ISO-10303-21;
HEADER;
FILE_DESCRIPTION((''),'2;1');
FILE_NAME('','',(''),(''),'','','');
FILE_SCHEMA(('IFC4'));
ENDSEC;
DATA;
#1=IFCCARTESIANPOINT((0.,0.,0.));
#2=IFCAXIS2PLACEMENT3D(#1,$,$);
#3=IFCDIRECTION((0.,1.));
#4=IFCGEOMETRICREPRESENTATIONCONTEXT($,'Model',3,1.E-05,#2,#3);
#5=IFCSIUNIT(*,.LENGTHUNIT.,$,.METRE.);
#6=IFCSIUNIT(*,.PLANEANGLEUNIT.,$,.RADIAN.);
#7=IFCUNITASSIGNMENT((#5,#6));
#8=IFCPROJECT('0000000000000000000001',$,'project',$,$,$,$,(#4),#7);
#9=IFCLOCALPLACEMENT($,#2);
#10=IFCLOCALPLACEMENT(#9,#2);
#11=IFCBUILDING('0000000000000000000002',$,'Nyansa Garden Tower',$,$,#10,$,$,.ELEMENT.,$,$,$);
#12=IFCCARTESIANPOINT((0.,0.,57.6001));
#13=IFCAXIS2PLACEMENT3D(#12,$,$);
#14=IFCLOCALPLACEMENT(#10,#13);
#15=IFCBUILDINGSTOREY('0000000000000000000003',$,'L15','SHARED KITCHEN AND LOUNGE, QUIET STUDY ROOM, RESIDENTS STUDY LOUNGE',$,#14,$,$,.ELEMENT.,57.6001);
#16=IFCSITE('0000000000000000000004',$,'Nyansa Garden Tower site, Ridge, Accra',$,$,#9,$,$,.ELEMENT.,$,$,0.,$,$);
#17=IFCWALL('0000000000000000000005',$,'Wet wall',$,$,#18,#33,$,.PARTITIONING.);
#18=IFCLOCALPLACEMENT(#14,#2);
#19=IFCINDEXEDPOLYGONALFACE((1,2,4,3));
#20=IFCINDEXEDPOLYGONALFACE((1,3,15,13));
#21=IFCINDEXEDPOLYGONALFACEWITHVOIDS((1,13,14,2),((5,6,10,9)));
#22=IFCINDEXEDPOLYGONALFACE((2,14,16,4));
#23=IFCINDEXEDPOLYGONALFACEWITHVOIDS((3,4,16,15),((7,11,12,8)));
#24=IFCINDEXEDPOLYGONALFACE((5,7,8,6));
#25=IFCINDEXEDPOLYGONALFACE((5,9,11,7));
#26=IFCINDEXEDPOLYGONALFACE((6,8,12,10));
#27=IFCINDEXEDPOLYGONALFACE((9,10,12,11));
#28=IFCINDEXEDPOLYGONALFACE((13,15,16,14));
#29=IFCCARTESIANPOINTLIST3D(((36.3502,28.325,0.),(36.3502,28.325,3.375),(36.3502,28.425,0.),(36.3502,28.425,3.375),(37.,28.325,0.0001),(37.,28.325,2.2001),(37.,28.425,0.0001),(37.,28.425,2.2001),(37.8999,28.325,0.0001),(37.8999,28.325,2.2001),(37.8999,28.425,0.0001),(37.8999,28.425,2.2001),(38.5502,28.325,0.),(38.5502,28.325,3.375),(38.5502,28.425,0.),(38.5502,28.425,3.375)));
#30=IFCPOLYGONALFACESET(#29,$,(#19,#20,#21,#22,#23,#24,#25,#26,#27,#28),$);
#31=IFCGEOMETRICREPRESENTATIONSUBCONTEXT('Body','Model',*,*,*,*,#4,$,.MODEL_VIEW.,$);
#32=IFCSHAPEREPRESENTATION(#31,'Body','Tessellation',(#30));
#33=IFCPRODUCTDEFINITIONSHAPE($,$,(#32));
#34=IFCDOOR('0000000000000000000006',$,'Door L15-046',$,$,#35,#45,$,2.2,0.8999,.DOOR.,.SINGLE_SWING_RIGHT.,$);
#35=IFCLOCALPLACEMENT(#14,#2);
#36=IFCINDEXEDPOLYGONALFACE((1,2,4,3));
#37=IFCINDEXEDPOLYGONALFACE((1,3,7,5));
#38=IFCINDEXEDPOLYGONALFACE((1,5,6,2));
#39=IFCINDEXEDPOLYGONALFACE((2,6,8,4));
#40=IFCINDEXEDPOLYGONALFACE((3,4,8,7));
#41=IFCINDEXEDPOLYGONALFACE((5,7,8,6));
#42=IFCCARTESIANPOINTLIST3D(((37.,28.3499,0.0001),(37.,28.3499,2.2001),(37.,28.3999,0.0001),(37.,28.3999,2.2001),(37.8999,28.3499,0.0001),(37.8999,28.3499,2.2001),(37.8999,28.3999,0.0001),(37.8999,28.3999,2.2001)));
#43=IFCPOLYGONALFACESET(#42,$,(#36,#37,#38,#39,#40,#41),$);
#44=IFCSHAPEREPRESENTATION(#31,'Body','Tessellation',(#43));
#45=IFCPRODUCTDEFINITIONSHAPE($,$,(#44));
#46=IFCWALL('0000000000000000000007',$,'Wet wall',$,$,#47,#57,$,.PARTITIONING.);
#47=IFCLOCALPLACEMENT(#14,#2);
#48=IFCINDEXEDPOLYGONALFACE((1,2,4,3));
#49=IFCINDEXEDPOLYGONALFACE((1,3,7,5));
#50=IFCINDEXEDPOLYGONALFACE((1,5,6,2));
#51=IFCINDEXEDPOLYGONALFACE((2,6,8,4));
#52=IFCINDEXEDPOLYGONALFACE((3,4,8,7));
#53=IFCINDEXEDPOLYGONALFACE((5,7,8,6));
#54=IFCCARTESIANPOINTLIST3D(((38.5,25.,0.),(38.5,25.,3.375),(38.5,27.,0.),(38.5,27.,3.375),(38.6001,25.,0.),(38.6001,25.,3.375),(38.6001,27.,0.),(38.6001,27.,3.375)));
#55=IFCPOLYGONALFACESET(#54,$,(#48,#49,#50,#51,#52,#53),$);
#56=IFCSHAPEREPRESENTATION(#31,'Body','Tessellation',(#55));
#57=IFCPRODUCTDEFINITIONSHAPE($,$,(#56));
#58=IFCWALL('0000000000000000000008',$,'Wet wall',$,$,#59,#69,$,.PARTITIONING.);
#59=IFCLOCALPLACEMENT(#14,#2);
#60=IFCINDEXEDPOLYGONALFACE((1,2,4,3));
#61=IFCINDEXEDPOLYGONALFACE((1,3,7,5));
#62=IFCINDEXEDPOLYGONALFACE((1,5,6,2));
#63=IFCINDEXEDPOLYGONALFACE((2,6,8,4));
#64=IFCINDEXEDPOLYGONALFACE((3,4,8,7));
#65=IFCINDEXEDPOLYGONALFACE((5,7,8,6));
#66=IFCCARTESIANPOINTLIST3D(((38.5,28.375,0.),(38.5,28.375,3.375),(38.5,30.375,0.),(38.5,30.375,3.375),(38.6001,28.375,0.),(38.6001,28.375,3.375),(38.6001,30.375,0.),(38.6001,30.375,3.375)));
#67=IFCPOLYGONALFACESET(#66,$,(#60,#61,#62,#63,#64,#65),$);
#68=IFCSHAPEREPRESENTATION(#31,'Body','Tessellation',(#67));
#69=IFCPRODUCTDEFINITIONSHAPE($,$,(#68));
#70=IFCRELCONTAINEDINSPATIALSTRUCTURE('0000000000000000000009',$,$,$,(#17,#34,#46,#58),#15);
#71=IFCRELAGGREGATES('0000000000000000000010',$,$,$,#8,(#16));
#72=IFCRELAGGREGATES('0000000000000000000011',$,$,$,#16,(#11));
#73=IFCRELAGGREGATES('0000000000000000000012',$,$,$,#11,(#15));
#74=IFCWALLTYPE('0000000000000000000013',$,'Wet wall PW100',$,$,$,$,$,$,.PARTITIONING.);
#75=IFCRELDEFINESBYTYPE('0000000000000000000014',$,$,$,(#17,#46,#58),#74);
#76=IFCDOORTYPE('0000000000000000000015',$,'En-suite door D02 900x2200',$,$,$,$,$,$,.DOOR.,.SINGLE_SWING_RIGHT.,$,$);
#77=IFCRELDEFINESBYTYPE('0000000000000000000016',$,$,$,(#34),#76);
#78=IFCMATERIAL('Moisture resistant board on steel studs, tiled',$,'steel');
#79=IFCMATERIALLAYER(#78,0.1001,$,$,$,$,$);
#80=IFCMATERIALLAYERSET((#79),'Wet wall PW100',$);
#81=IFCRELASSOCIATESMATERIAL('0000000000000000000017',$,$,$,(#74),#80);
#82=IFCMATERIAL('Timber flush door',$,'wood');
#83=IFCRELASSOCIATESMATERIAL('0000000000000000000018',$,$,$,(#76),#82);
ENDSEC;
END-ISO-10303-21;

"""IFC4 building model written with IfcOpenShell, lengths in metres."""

from ifc_helpers import new_model, si_unit, direction, frame, frame_2d, origin, place, context, subcontext, project, spatial, rectangle, extrude, material, layer, layer_set, type_object, element, fill, save


model = new_model("IFC4")

# Units and contexts
model_context = context("Model", 3, precision=1e-05, world=origin(), true_north=direction((0.0, 1.0)))
body_context = subcontext(model_context, "Body", "Model", "MODEL_VIEW")
ifc_project = project(units=[si_unit("LENGTHUNIT", "METRE"), si_unit("PLANEANGLEUNIT", "RADIAN")], contexts=[model_context])

# Site, building, storey
site_placement = place(None, origin())
site = spatial("IfcSite", under=ifc_project, at=site_placement, Name="Nyansa Garden Tower site, Ridge, Accra", CompositionType="ELEMENT", RefElevation=0.0)
building_placement = place(site_placement, origin())
building = spatial("IfcBuilding", under=site, at=building_placement, Name="Nyansa Garden Tower", CompositionType="ELEMENT")
storey_placement = place(building_placement, frame((0.0, 0.0, 57.6001)))
storey = spatial("IfcBuildingStorey", under=building, at=storey_placement, Name="L15", Description="SHARED KITCHEN AND LOUNGE, QUIET STUDY ROOM, RESIDENTS STUDY LOUNGE", CompositionType="ELEMENT", Elevation=57.6001)

# Wall, opening, door
ifc_material_1 = material(Name="Moisture resistant board on steel studs, tiled", Category="steel")
ifc_layer_1 = layer(ifc_material_1, 0.1001)
ifc_layer_set_1 = layer_set([ifc_layer_1], Name="Wet wall PW100")
wall_type_1 = type_object("IfcWallType", Name="Wet wall PW100", PredefinedType="PARTITIONING", material=ifc_layer_set_1)
ifc_material_2 = material(Name="Timber flush door", Category="wood")
door_type_1 = type_object("IfcDoorType", Name="En-suite door D02 900x2200", OperationType="SINGLE_SWING_RIGHT", PredefinedType="DOOR", material=ifc_material_2)
wall_1_placement = place(storey_placement, frame((36.3501, 28.375, 0.0), z_axis=(0.0, 0.0, 1.0), x_axis=(1.0, 0.0, 0.0)))
wall_1 = element("IfcWall", 1, at=wall_1_placement, inside=storey, type_object=wall_type_1, Name="Wet wall", PredefinedType="PARTITIONING", context=body_context, shape_type="SweptSolid", body=[
    extrude(rectangle(XDim=2.2, YDim=0.1001, at=frame_2d((1.1001, 0.0))), origin(), (0.0, 0.0, 1.0), 3.375),
])
opening_1_placement = place(wall_1_placement, frame((0.6499, 0.0, 0.0)))
opening_1 = element("IfcOpeningElement", 2, at=opening_1_placement, cuts=wall_1, PredefinedType="OPENING", context=body_context, shape_type="SweptSolid", body=[
    extrude(rectangle(XDim=0.8999, YDim=2.2, at=frame_2d((0.45, 1.1001))), frame((0.0, 0.0601, 0.0), z_axis=(0.0, -1.0, 0.0), x_axis=(1.0, 0.0, 0.0)), (0.0, 0.0, 1.0), 0.1201),
])
door_1_placement = place(opening_1_placement, origin())
door_1 = element("IfcDoor", 3, at=door_1_placement, inside=storey, type_object=door_type_1, Name="Door L15-046", OperationType="SINGLE_SWING_RIGHT", OverallHeight=2.2, OverallWidth=0.8999, PredefinedType="DOOR", context=body_context, shape_type="SweptSolid", body=[
    extrude(rectangle(XDim=0.8999, YDim=2.2, at=frame_2d((0.45, 1.1001))), frame((0.0, 0.0249, 0.0), z_axis=(0.0, -1.0, 0.0), x_axis=(1.0, 0.0, 0.0)), (0.0, 0.0, 1.0), 0.05),
])
fill(opening_1, door_1)

# Walls
for number, where, z_axis, x_axis, name in (
    (4, (38.55, 25.0, 0.0), (0.0, 0.0, 1.0), (0.0, 1.0, 0.0), "Wet wall"),
    (5, (38.55, 28.375, 0.0), (0.0, 0.0, 1.0), (0.0, 1.0, 0.0), "Wet wall"),
):
    element("IfcWall", number, at=place(storey_placement, frame(where, z_axis=z_axis, x_axis=x_axis)), inside=storey, type_object=wall_type_1, Name=name, PredefinedType="PARTITIONING", context=body_context, shape_type="SweptSolid", body=[
        extrude(rectangle(XDim=2.0, YDim=0.1001, at=frame_2d((1.0, 0.0))), origin(), (0.0, 0.0, 1.0), 3.375),
    ])

save(model, "model.ifc")
